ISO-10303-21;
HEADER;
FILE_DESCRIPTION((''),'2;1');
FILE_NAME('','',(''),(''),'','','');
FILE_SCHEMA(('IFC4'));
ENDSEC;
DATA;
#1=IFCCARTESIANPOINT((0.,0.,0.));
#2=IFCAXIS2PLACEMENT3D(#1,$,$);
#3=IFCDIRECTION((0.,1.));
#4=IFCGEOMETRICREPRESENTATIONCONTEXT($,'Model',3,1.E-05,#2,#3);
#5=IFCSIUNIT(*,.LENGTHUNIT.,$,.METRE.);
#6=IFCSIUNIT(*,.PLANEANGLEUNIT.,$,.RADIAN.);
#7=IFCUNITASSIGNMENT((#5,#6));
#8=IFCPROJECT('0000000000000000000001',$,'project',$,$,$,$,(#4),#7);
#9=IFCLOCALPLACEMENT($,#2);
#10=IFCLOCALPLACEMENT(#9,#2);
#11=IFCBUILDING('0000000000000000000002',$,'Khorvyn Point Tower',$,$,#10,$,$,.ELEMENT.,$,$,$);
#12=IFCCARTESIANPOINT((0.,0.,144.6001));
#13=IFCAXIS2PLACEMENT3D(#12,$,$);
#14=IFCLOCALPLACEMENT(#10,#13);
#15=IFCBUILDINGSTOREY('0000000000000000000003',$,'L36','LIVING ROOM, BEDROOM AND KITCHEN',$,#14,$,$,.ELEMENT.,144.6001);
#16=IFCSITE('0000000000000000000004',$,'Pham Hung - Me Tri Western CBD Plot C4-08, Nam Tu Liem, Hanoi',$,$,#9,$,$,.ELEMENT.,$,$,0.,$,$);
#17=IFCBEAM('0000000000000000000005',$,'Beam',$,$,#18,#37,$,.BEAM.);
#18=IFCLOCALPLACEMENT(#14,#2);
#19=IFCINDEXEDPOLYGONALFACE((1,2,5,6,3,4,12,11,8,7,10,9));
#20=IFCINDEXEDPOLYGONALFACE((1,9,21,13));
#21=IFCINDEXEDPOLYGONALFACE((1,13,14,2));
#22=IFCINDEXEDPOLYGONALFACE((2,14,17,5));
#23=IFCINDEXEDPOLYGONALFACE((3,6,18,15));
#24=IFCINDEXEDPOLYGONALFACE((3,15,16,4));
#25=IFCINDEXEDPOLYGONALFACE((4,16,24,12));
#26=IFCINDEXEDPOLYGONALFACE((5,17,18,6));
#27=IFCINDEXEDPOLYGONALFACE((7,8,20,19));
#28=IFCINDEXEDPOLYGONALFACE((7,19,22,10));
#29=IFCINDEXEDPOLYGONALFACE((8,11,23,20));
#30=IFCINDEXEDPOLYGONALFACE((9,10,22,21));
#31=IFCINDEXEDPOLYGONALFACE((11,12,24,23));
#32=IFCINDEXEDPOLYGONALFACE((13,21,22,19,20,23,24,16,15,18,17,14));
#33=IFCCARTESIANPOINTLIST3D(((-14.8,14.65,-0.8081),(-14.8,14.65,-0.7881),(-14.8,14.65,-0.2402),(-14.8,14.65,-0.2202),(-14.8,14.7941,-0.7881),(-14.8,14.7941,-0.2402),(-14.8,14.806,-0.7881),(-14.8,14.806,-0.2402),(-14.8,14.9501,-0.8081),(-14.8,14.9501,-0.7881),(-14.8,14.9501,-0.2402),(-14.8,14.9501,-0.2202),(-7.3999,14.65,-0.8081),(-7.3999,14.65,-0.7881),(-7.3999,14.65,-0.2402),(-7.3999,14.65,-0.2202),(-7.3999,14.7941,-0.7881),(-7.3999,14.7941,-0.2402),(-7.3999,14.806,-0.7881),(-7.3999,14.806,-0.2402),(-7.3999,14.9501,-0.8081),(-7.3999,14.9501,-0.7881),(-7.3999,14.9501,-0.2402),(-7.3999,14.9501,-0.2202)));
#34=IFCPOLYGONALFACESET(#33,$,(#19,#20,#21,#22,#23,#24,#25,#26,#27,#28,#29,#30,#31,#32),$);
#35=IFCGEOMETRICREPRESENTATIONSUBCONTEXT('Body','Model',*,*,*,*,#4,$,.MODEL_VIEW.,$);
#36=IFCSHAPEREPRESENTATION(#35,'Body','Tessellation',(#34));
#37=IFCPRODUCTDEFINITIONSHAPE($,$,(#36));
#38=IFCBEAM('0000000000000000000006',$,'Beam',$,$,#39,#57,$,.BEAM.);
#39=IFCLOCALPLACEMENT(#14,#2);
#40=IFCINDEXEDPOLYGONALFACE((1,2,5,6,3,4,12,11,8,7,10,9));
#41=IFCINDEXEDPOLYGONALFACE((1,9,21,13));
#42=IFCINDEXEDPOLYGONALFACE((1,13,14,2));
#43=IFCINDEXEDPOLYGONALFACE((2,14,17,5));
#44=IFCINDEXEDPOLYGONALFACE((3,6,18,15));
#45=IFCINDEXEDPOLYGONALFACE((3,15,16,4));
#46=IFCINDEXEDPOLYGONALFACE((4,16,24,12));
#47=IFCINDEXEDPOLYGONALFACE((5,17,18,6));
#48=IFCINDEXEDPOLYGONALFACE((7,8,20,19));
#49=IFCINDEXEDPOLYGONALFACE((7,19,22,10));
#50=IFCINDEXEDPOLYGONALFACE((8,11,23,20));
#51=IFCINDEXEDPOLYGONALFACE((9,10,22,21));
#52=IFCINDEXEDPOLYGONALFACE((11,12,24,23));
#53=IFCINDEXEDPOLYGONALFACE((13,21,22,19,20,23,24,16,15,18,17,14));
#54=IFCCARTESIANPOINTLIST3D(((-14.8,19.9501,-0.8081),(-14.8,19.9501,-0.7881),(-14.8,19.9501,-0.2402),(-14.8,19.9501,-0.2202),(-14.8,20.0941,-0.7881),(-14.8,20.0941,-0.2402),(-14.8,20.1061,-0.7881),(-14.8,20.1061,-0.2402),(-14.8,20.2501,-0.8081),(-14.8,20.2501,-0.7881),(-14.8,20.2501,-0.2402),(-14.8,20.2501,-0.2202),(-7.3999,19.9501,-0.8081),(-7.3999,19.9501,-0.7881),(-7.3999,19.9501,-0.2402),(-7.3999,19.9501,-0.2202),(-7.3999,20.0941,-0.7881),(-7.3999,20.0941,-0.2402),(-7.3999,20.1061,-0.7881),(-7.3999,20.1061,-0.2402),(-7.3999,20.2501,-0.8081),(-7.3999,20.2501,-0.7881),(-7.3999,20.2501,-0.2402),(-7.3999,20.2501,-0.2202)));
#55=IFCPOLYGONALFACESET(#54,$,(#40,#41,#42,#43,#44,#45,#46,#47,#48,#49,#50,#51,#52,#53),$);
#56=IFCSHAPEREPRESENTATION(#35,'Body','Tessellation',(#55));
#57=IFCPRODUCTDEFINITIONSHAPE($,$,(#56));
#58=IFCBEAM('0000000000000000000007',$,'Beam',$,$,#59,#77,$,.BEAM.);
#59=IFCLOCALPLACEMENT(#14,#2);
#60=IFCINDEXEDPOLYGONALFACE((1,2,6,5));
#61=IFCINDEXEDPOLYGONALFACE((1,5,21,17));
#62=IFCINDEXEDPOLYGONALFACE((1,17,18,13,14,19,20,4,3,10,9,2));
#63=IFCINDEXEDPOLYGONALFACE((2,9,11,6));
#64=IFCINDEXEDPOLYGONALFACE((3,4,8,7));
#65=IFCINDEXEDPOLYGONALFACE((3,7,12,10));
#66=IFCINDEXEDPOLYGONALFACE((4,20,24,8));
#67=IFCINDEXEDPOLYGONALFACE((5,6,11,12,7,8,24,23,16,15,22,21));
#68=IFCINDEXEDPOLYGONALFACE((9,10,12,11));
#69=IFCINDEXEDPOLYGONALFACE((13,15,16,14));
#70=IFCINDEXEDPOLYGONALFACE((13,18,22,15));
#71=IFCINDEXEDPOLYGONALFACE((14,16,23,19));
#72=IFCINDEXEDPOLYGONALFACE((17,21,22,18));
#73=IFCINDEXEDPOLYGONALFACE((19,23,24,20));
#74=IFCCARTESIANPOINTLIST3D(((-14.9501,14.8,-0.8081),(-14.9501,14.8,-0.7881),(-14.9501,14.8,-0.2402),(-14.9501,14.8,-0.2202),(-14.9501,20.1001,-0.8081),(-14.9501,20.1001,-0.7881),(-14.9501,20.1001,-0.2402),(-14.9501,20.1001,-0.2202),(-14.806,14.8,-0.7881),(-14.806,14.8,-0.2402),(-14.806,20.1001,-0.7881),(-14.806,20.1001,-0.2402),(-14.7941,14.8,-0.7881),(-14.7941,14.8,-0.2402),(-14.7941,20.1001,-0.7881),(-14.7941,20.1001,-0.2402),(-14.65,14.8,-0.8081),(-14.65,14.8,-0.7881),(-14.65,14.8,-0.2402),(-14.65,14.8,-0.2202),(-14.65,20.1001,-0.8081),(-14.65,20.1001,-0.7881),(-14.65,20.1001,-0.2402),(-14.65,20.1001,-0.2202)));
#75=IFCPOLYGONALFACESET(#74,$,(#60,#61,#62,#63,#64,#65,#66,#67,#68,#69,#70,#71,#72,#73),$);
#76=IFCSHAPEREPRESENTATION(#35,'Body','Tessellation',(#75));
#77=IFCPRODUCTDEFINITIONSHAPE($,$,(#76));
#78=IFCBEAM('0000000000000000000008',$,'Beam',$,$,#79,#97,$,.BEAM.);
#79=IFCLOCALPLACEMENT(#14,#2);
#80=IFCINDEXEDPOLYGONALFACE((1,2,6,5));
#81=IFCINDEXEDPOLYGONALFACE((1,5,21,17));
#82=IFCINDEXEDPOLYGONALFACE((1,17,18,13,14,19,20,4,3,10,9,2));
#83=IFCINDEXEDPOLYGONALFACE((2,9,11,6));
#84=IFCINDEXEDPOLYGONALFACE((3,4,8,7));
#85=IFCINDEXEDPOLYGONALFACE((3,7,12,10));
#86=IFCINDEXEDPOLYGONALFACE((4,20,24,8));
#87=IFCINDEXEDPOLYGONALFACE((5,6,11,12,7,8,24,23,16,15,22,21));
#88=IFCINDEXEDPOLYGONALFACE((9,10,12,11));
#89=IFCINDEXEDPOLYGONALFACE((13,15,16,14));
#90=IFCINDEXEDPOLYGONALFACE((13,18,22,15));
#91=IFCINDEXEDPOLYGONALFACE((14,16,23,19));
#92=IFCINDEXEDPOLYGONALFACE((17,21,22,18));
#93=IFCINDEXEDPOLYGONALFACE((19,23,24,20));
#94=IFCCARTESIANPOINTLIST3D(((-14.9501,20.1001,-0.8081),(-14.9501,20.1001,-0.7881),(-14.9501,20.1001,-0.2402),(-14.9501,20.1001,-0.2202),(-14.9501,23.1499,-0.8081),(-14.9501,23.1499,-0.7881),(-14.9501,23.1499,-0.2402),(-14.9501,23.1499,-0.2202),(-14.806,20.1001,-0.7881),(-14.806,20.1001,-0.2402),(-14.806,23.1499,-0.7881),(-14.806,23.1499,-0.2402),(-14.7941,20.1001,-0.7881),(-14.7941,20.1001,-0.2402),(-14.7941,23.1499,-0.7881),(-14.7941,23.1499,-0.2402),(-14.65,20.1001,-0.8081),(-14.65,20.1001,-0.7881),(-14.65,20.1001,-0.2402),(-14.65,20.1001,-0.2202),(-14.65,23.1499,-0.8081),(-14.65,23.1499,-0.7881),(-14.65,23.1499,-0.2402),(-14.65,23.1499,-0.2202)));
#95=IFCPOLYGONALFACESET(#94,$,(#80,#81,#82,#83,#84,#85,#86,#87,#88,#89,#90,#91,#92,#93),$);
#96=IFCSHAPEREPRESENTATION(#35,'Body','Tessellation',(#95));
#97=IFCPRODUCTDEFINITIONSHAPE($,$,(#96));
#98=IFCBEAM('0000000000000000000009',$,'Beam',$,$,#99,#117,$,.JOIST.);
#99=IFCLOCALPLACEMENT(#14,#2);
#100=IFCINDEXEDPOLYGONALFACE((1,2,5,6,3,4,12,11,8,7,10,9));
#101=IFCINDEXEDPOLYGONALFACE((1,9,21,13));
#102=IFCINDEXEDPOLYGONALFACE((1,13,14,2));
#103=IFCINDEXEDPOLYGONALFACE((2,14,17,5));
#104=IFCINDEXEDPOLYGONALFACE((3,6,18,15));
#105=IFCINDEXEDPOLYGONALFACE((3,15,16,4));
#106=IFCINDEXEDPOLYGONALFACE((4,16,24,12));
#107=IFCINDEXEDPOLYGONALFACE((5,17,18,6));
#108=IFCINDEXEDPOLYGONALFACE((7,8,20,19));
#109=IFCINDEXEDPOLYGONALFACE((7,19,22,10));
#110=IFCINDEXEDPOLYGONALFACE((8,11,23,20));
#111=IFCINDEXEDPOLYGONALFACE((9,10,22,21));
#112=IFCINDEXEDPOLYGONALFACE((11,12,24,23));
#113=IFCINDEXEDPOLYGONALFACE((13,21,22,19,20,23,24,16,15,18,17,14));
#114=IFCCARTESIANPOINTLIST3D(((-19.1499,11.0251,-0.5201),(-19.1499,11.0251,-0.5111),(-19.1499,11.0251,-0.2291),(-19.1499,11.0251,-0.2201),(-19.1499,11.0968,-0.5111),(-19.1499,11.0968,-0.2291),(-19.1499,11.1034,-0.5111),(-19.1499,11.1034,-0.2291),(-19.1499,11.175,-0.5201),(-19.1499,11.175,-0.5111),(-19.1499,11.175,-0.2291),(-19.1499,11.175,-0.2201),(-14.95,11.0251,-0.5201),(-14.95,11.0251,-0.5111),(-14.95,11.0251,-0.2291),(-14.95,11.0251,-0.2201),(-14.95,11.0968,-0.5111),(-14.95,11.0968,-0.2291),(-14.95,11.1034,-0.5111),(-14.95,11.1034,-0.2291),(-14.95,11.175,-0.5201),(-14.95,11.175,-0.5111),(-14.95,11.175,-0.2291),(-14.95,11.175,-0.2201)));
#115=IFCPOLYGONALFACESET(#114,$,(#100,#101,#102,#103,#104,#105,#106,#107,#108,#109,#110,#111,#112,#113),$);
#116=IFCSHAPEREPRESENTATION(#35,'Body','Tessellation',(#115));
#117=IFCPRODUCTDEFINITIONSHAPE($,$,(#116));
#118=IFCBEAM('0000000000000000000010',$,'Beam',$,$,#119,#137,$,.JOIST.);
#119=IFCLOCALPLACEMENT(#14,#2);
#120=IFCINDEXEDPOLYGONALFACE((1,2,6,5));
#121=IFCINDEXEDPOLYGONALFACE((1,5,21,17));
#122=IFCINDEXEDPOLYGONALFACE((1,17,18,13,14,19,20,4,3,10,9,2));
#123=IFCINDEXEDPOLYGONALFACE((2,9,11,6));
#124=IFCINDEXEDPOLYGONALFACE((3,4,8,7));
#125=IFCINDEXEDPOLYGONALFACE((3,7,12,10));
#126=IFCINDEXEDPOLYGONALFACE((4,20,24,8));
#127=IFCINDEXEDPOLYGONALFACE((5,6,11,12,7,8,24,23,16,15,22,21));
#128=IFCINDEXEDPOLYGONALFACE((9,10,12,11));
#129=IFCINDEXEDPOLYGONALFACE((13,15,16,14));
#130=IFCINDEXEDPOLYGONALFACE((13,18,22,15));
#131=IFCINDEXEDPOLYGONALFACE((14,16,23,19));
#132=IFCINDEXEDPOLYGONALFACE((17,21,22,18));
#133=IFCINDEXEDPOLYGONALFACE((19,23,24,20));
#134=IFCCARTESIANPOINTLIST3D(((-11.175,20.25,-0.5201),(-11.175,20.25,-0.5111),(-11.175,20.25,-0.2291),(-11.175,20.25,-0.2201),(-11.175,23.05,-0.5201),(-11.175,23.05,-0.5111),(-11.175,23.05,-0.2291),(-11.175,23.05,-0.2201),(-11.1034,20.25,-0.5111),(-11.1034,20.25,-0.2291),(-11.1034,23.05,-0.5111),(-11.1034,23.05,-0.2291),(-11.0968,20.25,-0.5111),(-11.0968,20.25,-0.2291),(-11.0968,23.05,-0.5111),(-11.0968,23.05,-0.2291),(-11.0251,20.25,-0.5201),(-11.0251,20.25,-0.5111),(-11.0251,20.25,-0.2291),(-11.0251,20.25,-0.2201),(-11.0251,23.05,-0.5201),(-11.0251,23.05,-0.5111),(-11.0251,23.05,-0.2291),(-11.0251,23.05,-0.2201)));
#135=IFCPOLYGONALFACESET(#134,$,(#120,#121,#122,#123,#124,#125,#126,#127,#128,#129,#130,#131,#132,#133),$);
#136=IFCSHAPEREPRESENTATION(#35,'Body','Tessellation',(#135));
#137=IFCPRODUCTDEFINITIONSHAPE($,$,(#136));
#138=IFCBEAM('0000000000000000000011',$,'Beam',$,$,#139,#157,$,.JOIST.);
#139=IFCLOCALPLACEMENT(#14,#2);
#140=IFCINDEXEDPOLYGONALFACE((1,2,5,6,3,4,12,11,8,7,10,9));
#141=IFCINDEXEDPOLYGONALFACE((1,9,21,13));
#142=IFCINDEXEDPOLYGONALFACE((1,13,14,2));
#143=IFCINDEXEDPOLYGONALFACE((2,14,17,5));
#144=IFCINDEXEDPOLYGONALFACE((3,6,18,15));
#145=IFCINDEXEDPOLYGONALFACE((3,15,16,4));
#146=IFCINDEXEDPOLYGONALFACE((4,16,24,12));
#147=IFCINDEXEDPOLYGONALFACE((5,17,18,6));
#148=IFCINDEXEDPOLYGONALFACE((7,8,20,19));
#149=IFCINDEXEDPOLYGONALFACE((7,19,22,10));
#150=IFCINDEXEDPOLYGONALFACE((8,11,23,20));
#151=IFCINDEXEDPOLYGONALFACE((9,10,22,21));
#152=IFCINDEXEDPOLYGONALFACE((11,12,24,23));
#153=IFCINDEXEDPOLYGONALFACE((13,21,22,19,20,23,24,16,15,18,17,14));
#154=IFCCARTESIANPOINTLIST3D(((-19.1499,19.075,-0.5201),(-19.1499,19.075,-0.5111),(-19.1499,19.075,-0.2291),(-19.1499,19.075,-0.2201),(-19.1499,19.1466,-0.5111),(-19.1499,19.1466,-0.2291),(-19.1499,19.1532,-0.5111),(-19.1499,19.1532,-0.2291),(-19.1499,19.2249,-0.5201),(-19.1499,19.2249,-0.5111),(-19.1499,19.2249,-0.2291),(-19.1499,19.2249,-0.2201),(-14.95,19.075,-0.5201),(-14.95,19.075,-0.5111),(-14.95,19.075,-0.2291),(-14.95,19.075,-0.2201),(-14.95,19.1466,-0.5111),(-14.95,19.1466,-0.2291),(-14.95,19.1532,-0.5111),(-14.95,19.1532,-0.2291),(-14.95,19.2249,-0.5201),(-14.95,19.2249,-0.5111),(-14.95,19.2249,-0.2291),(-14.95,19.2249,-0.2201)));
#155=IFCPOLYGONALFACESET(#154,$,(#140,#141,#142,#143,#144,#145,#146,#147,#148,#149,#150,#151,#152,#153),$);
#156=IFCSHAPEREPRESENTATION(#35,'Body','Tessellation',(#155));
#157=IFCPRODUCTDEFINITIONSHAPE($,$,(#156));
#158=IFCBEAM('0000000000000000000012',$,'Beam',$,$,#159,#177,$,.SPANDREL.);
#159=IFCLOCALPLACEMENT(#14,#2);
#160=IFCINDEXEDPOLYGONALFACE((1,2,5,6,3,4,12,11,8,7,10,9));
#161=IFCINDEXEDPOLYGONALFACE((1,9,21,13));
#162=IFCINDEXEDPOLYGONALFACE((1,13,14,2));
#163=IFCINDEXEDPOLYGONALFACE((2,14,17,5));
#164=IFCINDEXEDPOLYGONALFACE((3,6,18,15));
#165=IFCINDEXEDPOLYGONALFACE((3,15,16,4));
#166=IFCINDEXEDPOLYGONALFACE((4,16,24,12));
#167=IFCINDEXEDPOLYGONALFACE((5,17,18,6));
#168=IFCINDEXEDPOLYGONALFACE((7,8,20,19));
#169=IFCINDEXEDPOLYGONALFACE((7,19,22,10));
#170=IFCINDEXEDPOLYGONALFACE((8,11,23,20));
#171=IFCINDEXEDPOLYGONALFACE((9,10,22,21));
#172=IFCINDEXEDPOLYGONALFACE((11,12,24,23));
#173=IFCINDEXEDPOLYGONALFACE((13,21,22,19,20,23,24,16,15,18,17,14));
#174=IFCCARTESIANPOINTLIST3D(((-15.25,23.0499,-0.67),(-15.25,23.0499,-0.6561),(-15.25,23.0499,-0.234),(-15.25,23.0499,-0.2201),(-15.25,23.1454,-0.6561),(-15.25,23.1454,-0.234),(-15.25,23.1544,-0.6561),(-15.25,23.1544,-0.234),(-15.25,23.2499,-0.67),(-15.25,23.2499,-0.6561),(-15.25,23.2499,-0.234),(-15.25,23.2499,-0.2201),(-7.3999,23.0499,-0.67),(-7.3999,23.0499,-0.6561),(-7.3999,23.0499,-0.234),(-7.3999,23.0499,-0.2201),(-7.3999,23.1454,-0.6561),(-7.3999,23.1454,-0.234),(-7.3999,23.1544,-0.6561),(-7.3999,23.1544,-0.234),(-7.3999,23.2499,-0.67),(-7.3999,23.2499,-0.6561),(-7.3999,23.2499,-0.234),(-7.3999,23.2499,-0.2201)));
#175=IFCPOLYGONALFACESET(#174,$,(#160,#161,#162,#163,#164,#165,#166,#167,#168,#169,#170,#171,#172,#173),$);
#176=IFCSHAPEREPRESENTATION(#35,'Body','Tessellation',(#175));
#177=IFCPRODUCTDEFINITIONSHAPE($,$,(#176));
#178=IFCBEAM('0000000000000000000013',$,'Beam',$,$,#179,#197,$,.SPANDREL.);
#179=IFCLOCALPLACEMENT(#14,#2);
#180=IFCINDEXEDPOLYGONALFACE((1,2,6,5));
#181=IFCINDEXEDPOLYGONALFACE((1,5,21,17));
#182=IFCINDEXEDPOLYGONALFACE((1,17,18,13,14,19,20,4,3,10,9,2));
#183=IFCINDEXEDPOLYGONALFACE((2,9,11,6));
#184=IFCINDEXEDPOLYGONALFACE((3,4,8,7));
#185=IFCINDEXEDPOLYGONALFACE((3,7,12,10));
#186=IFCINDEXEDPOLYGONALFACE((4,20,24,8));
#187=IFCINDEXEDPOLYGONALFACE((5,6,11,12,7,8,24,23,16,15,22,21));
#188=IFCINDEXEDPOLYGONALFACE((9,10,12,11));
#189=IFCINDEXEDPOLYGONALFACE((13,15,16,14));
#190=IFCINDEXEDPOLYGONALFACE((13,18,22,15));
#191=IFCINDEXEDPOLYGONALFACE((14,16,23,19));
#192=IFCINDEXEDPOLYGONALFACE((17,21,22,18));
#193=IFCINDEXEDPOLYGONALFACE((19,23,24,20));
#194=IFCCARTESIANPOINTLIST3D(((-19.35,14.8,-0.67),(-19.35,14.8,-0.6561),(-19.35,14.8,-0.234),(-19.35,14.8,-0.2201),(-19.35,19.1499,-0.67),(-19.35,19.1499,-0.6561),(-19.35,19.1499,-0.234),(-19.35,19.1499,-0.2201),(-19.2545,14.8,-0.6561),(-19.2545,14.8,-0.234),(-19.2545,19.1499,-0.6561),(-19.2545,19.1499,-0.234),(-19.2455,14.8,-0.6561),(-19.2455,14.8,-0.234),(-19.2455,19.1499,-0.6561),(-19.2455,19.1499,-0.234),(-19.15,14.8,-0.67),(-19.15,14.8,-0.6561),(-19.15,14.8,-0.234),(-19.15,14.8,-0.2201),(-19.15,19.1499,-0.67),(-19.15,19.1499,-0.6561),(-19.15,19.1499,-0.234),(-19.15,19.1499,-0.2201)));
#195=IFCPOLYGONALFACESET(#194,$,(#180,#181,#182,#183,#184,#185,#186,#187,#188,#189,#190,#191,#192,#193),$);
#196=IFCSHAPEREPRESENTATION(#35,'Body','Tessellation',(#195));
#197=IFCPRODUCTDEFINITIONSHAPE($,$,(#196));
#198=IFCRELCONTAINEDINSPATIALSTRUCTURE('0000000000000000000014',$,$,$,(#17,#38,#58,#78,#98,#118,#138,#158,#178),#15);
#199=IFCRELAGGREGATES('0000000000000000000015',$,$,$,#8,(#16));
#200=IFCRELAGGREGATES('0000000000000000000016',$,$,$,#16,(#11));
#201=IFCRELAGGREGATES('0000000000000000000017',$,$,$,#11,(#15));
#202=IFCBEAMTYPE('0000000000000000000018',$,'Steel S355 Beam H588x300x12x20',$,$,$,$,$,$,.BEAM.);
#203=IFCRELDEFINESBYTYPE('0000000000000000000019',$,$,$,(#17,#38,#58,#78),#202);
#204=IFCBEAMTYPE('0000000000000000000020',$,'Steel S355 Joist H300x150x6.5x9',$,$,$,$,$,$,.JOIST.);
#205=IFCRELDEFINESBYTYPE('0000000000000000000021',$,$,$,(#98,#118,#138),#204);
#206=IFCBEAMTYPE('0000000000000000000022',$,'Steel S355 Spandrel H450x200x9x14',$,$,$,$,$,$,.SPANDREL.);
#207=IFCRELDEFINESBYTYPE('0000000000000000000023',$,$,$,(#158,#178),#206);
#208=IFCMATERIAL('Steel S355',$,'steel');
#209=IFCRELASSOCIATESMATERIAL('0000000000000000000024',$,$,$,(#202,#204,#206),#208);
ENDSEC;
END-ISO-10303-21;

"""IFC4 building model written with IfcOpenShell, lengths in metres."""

from ifc_helpers import new_model, si_unit, direction, frame, origin, origin_2d, place, context, subcontext, project, spatial, i_section, extrude, material, material_profile, profile_set, type_object, element, save


model = new_model("IFC4")

# Units and contexts
model_context = context("Model", 3, precision=1e-05, world=origin(), true_north=direction((0.0, 1.0)))
body_context = subcontext(model_context, "Body", "Model", "MODEL_VIEW")
ifc_project = project(units=[si_unit("LENGTHUNIT", "METRE"), si_unit("PLANEANGLEUNIT", "RADIAN")], contexts=[model_context])

# Site, building, storey
site_placement = place(None, origin())
site = spatial("IfcSite", under=ifc_project, at=site_placement, Name="Pham Hung - Me Tri Western CBD Plot C4-08, Nam Tu Liem, Hanoi", CompositionType="ELEMENT", RefElevation=0.0)
building_placement = place(site_placement, origin())
building = spatial("IfcBuilding", under=site, at=building_placement, Name="Khorvyn Point Tower", CompositionType="ELEMENT")
storey_placement = place(building_placement, frame((0.0, 0.0, 144.6001)))
storey = spatial("IfcBuildingStorey", under=building, at=storey_placement, Name="L36", Description="LIVING ROOM, BEDROOM AND KITCHEN", CompositionType="ELEMENT", Elevation=144.6001)

# Beams
ifc_material_1 = material(Name="Steel S355", Category="steel")
ifc_material_profile_1 = material_profile(ifc_material_1, i_section(OverallWidth=0.3, OverallDepth=0.5879, WebThickness=0.012, FlangeThickness=0.02, at=origin_2d()))
ifc_profile_set_1 = profile_set([ifc_material_profile_1], Name="Steel S355 H588x300x12x20")
beam_type_1 = type_object("IfcBeamType", Name="Steel S355 Beam H588x300x12x20", PredefinedType="BEAM", material=ifc_profile_set_1)
for number, where, z_axis, x_axis, name in (
    (1, (-14.8, 14.8, -0.5142), (1.0, 0.0, 0.0), (0.0, 1.0, 0.0), "Beam"),
    (2, (-14.8, 20.1001, -0.5142), (1.0, 0.0, 0.0), (0.0, 1.0, 0.0), "Beam"),
):
    element("IfcBeam", number, at=place(storey_placement, frame(where, z_axis=z_axis, x_axis=x_axis)), inside=storey, type_object=beam_type_1, Name=name, PredefinedType="BEAM", context=body_context, shape_type="SweptSolid", body=[
        extrude(i_section(OverallWidth=0.3, OverallDepth=0.5879, WebThickness=0.012, FlangeThickness=0.02, at=origin_2d()), origin(), (0.0, 0.0, 1.0), 7.4001),
    ])
beam_1_placement = place(storey_placement, frame((-14.8, 14.8, -0.5142), z_axis=(0.0, 1.0, 0.0), x_axis=(-1.0, 0.0, 0.0)))
element("IfcBeam", 3, at=beam_1_placement, inside=storey, type_object=beam_type_1, Name="Beam", PredefinedType="BEAM", context=body_context, shape_type="SweptSolid", body=[
    extrude(i_section(OverallWidth=0.3, OverallDepth=0.5879, WebThickness=0.012, FlangeThickness=0.02, at=origin_2d()), origin(), (0.0, 0.0, 1.0), 5.3),
])
beam_2_placement = place(storey_placement, frame((-14.8, 20.1001, -0.5142), z_axis=(0.0, 1.0, 0.0), x_axis=(-1.0, 0.0, 0.0)))
element("IfcBeam", 4, at=beam_2_placement, inside=storey, type_object=beam_type_1, Name="Beam", PredefinedType="BEAM", context=body_context, shape_type="SweptSolid", body=[
    extrude(i_section(OverallWidth=0.3, OverallDepth=0.5879, WebThickness=0.012, FlangeThickness=0.02, at=origin_2d()), origin(), (0.0, 0.0, 1.0), 3.0498),
])
ifc_material_profile_2 = material_profile(ifc_material_1, i_section(OverallWidth=0.1499, OverallDepth=0.3, WebThickness=0.0066, FlangeThickness=0.009, at=origin_2d()))
ifc_profile_set_2 = profile_set([ifc_material_profile_2], Name="Steel S355 H300x150x6.5x9")
beam_type_2 = type_object("IfcBeamType", Name="Steel S355 Joist H300x150x6.5x9", PredefinedType="JOIST", material=ifc_profile_set_2)
beam_3_placement = place(storey_placement, frame((-19.1499, 11.1001, -0.3701), z_axis=(1.0, 0.0, 0.0), x_axis=(0.0, 1.0, 0.0)))
element("IfcBeam", 5, at=beam_3_placement, inside=storey, type_object=beam_type_2, Name="Beam", PredefinedType="JOIST", context=body_context, shape_type="SweptSolid", body=[
    extrude(i_section(OverallWidth=0.1499, OverallDepth=0.3, WebThickness=0.0066, FlangeThickness=0.009, at=origin_2d()), origin(), (0.0, 0.0, 1.0), 4.2),
])
beam_4_placement = place(storey_placement, frame((-11.1001, 20.25, -0.3701), z_axis=(0.0, 1.0, 0.0), x_axis=(-1.0, 0.0, 0.0)))
element("IfcBeam", 6, at=beam_4_placement, inside=storey, type_object=beam_type_2, Name="Beam", PredefinedType="JOIST", context=body_context, shape_type="SweptSolid", body=[
    extrude(i_section(OverallWidth=0.1499, OverallDepth=0.3, WebThickness=0.0066, FlangeThickness=0.009, at=origin_2d()), origin(), (0.0, 0.0, 1.0), 2.8),
])
beam_5_placement = place(storey_placement, frame((-19.1499, 19.1499, -0.3701), z_axis=(1.0, 0.0, 0.0), x_axis=(0.0, 1.0, 0.0)))
element("IfcBeam", 7, at=beam_5_placement, inside=storey, type_object=beam_type_2, Name="Beam", PredefinedType="JOIST", context=body_context, shape_type="SweptSolid", body=[
    extrude(i_section(OverallWidth=0.1499, OverallDepth=0.3, WebThickness=0.0066, FlangeThickness=0.009, at=origin_2d()), origin(), (0.0, 0.0, 1.0), 4.2),
])
ifc_material_profile_3 = material_profile(ifc_material_1, i_section(OverallWidth=0.2, OverallDepth=0.45, WebThickness=0.009, FlangeThickness=0.0139, at=origin_2d()))
ifc_profile_set_3 = profile_set([ifc_material_profile_3], Name="Steel S355 H450x200x9x14")
beam_type_3 = type_object("IfcBeamType", Name="Steel S355 Spandrel H450x200x9x14", PredefinedType="SPANDREL", material=ifc_profile_set_3)
beam_6_placement = place(storey_placement, frame((-15.25, 23.1499, -0.4451), z_axis=(1.0, 0.0, 0.0), x_axis=(0.0, 1.0, 0.0)))
element("IfcBeam", 8, at=beam_6_placement, inside=storey, type_object=beam_type_3, Name="Beam", PredefinedType="SPANDREL", context=body_context, shape_type="SweptSolid", body=[
    extrude(i_section(OverallWidth=0.2, OverallDepth=0.45, WebThickness=0.009, FlangeThickness=0.0139, at=origin_2d()), origin(), (0.0, 0.0, 1.0), 7.8501),
])
beam_7_placement = place(storey_placement, frame((-19.25, 14.8, -0.4451), z_axis=(0.0, 1.0, 0.0), x_axis=(-1.0, 0.0, 0.0)))
element("IfcBeam", 9, at=beam_7_placement, inside=storey, type_object=beam_type_3, Name="Beam", PredefinedType="SPANDREL", context=body_context, shape_type="SweptSolid", body=[
    extrude(i_section(OverallWidth=0.2, OverallDepth=0.45, WebThickness=0.009, FlangeThickness=0.0139, at=origin_2d()), origin(), (0.0, 0.0, 1.0), 4.3499),
])

save(model, "model.ifc")
